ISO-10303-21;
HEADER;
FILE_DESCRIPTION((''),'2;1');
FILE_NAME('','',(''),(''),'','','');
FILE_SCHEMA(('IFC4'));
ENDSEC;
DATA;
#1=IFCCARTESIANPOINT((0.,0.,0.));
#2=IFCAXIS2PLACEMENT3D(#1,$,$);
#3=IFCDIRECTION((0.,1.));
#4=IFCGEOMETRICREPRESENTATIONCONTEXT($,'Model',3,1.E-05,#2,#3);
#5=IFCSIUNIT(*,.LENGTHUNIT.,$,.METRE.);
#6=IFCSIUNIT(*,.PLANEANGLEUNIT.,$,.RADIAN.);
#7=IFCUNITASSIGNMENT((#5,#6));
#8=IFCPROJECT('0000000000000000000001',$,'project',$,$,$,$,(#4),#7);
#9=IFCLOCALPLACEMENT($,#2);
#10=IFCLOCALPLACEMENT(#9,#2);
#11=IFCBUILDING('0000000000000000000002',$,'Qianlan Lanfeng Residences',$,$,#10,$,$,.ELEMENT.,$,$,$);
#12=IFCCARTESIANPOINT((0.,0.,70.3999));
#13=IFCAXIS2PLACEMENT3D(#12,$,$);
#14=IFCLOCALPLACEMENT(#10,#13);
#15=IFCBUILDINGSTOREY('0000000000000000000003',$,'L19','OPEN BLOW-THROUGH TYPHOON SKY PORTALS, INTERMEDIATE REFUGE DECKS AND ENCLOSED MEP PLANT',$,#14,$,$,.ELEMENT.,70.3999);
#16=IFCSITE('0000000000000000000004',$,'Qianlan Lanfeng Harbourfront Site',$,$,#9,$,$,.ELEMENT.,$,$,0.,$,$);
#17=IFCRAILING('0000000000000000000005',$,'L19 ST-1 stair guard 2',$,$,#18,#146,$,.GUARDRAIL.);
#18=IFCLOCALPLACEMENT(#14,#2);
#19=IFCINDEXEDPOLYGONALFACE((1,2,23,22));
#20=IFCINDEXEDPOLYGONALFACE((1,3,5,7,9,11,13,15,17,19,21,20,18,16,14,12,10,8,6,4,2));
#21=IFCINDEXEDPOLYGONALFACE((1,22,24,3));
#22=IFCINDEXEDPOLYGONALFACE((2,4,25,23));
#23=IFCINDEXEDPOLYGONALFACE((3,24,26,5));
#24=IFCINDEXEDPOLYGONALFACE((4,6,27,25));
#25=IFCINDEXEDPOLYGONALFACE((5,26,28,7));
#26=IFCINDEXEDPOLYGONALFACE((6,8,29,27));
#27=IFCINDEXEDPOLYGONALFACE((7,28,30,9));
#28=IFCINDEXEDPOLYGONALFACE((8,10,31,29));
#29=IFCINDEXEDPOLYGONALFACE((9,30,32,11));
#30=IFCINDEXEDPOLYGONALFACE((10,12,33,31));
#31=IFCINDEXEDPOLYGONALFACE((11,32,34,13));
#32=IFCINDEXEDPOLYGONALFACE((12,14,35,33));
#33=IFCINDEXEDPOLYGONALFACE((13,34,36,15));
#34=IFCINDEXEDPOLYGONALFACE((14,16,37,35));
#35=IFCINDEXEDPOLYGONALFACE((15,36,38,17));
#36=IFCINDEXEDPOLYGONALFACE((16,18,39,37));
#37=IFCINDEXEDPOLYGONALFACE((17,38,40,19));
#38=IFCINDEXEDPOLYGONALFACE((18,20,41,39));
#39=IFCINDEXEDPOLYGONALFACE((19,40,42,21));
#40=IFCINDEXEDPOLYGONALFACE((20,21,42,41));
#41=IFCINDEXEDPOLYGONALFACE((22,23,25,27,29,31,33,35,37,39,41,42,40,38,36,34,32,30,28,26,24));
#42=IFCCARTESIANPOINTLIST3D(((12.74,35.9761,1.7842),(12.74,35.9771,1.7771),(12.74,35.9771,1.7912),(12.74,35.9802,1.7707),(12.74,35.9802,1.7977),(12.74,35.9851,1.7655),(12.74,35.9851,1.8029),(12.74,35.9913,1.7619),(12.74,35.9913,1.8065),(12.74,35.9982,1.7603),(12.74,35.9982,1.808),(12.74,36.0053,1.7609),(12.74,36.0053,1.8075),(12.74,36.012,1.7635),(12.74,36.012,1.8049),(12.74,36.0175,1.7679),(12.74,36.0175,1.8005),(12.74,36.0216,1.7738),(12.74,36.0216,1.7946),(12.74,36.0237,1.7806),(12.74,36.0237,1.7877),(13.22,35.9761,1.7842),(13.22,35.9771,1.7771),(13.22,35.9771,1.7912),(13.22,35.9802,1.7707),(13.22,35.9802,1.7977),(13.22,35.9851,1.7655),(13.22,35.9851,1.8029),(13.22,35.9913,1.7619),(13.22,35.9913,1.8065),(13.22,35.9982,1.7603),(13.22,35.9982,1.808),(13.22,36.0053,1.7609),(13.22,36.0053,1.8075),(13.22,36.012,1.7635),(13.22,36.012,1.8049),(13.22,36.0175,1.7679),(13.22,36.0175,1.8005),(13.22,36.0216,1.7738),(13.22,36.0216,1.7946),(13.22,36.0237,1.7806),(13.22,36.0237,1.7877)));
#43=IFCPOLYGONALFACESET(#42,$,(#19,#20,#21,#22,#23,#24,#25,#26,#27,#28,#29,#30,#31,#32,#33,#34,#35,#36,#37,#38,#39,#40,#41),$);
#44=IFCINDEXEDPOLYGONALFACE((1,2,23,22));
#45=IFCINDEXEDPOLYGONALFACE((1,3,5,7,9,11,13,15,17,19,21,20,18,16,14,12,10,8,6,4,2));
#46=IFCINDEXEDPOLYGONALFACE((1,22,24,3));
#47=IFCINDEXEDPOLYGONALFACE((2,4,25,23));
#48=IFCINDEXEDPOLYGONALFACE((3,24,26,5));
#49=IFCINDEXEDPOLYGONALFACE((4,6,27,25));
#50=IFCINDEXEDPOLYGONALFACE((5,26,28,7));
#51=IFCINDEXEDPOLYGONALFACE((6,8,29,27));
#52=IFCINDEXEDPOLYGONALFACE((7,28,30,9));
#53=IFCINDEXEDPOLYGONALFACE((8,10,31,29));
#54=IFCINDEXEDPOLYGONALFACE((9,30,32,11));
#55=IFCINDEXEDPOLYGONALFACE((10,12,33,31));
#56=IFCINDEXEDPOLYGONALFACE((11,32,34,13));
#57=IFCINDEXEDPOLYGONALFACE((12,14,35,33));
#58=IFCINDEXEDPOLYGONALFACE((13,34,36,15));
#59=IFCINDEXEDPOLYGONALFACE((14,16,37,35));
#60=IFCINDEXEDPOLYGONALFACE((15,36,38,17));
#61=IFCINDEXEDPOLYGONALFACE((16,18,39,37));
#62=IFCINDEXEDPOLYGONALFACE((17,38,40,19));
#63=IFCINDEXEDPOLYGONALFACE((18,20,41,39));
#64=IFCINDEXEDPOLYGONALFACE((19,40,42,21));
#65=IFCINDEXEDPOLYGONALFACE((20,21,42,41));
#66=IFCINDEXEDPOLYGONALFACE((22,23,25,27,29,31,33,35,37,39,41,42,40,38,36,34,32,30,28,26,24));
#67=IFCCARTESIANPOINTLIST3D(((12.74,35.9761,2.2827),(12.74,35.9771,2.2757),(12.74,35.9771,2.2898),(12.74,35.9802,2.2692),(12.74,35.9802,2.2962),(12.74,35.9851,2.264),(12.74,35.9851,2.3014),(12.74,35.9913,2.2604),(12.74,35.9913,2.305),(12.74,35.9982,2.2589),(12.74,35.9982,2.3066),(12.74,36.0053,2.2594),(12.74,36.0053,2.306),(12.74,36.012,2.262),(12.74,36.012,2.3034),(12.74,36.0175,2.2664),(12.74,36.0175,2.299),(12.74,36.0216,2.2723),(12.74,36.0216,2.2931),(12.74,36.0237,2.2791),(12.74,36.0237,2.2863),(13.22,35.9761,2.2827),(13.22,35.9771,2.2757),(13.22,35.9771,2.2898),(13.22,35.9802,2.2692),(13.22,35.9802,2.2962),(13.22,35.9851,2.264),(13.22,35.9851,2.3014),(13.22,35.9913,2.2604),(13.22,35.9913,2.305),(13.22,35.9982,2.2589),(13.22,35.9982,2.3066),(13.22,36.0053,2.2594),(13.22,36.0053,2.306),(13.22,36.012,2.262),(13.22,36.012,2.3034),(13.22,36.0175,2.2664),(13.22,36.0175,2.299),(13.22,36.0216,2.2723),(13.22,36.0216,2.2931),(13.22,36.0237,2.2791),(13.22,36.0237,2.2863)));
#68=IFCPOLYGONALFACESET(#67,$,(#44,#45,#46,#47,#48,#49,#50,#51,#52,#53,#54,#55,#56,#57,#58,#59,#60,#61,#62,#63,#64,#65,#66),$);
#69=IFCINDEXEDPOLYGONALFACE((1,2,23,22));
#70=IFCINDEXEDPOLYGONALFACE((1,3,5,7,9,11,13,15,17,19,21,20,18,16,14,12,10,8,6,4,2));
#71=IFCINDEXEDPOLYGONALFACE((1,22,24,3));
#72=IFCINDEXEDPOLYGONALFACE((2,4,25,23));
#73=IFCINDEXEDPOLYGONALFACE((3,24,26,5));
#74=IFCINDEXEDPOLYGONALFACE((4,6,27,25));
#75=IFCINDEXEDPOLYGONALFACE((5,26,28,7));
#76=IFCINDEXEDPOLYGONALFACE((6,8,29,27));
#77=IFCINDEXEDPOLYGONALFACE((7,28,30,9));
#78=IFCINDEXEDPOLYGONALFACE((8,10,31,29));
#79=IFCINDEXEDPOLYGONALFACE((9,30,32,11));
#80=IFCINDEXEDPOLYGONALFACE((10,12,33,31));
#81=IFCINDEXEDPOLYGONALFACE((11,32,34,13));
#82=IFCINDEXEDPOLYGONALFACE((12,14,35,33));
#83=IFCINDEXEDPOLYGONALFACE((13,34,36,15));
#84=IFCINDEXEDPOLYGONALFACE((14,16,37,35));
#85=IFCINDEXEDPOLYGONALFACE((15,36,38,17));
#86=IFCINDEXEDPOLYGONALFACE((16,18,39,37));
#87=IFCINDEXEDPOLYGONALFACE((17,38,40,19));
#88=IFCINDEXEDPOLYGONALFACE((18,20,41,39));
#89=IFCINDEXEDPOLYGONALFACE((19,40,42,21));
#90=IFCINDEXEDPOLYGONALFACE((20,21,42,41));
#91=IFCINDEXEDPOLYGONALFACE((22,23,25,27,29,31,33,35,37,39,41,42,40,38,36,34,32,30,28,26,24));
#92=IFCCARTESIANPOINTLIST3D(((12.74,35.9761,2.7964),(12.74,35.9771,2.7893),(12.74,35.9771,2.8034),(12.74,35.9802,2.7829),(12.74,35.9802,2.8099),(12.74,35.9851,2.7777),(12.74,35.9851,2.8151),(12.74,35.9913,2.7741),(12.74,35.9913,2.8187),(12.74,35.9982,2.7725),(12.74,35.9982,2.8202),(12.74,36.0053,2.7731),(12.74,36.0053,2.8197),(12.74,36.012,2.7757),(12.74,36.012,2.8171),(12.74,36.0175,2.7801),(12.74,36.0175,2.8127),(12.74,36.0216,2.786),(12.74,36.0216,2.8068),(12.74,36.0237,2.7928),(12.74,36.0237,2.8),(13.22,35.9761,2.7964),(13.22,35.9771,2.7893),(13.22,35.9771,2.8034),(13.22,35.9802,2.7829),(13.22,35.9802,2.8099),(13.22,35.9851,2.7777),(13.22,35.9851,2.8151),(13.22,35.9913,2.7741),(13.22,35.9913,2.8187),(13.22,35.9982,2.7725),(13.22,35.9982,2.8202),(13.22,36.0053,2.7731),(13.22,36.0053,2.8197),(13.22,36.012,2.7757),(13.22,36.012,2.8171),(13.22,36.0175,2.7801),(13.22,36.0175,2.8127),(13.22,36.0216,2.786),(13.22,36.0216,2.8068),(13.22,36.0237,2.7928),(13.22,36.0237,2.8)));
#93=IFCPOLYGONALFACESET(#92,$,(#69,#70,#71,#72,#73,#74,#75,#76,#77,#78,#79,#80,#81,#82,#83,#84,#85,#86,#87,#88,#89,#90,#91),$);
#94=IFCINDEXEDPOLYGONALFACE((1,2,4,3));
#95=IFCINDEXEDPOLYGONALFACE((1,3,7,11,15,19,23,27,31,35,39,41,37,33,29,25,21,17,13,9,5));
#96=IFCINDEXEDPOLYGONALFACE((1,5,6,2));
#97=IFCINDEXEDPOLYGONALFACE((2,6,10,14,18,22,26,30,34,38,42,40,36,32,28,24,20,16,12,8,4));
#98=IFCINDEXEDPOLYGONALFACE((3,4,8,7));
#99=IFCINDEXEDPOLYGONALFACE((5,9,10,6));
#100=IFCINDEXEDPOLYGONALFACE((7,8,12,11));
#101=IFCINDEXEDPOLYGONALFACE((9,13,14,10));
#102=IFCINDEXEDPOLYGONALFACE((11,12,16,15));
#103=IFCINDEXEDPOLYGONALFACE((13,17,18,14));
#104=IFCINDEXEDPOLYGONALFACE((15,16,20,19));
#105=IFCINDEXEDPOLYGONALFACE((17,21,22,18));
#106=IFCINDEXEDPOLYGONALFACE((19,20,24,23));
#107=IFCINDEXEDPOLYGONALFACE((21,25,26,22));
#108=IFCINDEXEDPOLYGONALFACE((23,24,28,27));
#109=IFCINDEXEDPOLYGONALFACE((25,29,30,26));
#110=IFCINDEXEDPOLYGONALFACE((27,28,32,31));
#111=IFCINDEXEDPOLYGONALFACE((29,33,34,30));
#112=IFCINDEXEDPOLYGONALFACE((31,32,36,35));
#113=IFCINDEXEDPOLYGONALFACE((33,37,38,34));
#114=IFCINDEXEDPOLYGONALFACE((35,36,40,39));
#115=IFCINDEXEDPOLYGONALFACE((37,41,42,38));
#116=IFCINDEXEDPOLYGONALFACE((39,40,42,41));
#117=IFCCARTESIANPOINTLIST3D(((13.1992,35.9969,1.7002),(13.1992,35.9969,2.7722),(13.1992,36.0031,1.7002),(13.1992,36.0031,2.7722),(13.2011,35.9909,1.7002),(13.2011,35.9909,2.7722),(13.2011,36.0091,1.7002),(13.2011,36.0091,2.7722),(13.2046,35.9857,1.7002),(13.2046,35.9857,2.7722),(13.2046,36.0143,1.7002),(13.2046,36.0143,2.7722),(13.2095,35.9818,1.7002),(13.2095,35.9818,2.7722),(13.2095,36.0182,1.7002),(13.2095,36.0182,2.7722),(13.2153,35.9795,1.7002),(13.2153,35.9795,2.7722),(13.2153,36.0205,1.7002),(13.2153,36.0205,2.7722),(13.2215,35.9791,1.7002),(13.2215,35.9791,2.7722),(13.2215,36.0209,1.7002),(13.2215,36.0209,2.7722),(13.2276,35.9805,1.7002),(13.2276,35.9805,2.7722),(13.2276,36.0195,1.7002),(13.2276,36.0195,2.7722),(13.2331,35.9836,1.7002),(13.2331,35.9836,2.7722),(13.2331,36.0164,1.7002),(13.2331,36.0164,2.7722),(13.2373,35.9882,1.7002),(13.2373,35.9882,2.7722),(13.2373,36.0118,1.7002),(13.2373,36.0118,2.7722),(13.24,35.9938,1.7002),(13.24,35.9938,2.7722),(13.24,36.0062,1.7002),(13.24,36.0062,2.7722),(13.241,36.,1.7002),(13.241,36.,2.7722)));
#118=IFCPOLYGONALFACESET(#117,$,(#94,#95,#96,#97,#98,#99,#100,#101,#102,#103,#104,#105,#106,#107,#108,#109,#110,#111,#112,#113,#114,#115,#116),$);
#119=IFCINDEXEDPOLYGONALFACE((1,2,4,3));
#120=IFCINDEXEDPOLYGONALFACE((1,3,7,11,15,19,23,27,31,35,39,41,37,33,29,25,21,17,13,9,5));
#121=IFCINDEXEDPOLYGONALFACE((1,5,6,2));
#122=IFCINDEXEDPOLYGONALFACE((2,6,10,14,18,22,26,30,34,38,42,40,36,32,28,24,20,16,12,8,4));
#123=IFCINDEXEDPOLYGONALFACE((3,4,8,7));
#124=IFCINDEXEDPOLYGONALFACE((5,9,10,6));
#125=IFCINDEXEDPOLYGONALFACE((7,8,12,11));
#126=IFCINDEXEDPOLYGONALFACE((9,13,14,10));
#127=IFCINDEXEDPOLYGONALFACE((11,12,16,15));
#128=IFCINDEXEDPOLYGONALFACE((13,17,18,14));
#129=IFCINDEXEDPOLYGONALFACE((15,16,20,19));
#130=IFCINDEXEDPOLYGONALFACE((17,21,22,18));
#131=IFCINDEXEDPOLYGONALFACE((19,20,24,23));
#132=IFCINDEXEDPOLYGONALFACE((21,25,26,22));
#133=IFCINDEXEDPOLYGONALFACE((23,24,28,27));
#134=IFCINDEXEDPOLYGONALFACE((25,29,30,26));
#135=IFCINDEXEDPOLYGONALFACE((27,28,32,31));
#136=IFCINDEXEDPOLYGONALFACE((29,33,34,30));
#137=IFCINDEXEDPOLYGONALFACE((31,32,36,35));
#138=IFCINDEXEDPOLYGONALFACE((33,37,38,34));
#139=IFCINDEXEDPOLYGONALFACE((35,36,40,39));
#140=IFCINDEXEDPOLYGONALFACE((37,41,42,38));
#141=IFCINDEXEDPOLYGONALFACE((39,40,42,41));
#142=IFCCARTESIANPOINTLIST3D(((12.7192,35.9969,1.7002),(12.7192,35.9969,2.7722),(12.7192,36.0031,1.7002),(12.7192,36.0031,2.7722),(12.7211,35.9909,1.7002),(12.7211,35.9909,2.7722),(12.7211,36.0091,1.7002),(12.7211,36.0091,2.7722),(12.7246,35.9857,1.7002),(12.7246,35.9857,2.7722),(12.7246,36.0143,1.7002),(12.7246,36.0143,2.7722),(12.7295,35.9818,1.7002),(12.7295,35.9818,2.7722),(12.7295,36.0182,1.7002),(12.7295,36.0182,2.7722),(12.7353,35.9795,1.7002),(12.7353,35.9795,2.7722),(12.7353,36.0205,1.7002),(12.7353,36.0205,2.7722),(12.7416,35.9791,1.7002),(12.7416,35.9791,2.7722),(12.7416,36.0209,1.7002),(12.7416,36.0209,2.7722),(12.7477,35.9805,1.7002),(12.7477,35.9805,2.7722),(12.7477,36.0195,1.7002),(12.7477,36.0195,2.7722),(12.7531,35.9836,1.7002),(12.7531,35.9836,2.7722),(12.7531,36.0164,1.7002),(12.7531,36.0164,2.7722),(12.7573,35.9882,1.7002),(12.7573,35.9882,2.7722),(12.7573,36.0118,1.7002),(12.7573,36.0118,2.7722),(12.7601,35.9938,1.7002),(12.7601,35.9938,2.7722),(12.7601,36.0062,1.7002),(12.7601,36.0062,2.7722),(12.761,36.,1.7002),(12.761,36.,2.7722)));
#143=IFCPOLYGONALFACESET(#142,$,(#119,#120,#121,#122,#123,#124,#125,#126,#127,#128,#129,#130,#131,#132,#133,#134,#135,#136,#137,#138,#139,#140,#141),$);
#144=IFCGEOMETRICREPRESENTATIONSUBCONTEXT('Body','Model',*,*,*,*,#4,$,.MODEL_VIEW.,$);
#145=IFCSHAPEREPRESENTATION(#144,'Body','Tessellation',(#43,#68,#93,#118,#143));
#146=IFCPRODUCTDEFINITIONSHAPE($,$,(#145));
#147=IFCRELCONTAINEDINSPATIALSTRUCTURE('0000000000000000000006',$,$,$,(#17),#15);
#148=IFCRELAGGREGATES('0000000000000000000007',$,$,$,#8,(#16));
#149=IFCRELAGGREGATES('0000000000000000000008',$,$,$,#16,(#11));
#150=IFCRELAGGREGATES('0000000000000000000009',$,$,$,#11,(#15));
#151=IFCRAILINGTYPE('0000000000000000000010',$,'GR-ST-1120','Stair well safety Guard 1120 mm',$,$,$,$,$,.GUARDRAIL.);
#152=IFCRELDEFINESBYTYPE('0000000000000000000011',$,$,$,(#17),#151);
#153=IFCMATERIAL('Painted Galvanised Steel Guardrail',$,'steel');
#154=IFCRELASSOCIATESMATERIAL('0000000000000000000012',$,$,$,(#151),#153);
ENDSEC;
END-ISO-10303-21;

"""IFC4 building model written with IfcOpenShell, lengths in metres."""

from ifc_helpers import new_model, si_unit, direction, frame, origin, origin_2d, place, context, subcontext, project, spatial, circle, extrude, material, type_object, element, save


model = new_model("IFC4")

# Units and contexts
model_context = context("Model", 3, precision=1e-05, world=origin(), true_north=direction((0.0, 1.0)))
body_context = subcontext(model_context, "Body", "Model", "MODEL_VIEW")
ifc_project = project(units=[si_unit("LENGTHUNIT", "METRE"), si_unit("PLANEANGLEUNIT", "RADIAN")], contexts=[model_context])

# Site, building, storey
site_placement = place(None, origin())
site = spatial("IfcSite", under=ifc_project, at=site_placement, Name="Qianlan Lanfeng Harbourfront Site", CompositionType="ELEMENT", RefElevation=0.0)
building_placement = place(site_placement, origin())
building = spatial("IfcBuilding", under=site, at=building_placement, Name="Qianlan Lanfeng Residences", CompositionType="ELEMENT")
storey_placement = place(building_placement, frame((0.0, 0.0, 70.3999)))
storey = spatial("IfcBuildingStorey", under=building, at=storey_placement, Name="L19", Description="OPEN BLOW-THROUGH TYPHOON SKY PORTALS, INTERMEDIATE REFUGE DECKS AND ENCLOSED MEP PLANT", CompositionType="ELEMENT", Elevation=70.3999)

# Railing
ifc_material_1 = material(Name="Painted Galvanised Steel Guardrail", Category="steel")
railing_type_1 = type_object("IfcRailingType", Name="GR-ST-1120", Description="Stair well safety Guard 1120 mm", PredefinedType="GUARDRAIL", material=ifc_material_1)
railing_1_placement = place(storey_placement, frame((13.22, 36.0, 1.7002)))
element("IfcRailing", 1, at=railing_1_placement, inside=storey, type_object=railing_type_1, Name="L19 ST-1 stair guard 2", PredefinedType="GUARDRAIL", context=body_context, shape_type="SweptSolid", body=[
    extrude(circle(Radius=0.0239, at=origin_2d()), frame((0.0, 0.0, 0.084), z_axis=(-1.0, 0.0, 0.0), x_axis=(0.0, -1.0, 0.0)), (0.0, 0.0, 1.0), 0.48),
    extrude(circle(Radius=0.0239, at=origin_2d()), frame((0.0, 0.0, 0.5825), z_axis=(-1.0, 0.0, 0.0), x_axis=(0.0, -1.0, 0.0)), (0.0, 0.0, 1.0), 0.48),
    extrude(circle(Radius=0.0239, at=origin_2d()), frame((0.0, 0.0, 1.0962), z_axis=(-1.0, 0.0, 0.0), x_axis=(0.0, -1.0, 0.0)), (0.0, 0.0, 1.0), 0.48),
    extrude(circle(Radius=0.021, at=origin_2d()), origin(), (0.0, 0.0, 1.0), 1.072),
    extrude(circle(Radius=0.021, at=origin_2d()), frame((-0.48, 0.0, 0.0)), (0.0, 0.0, 1.0), 1.072),
])

save(model, "model.ifc")
